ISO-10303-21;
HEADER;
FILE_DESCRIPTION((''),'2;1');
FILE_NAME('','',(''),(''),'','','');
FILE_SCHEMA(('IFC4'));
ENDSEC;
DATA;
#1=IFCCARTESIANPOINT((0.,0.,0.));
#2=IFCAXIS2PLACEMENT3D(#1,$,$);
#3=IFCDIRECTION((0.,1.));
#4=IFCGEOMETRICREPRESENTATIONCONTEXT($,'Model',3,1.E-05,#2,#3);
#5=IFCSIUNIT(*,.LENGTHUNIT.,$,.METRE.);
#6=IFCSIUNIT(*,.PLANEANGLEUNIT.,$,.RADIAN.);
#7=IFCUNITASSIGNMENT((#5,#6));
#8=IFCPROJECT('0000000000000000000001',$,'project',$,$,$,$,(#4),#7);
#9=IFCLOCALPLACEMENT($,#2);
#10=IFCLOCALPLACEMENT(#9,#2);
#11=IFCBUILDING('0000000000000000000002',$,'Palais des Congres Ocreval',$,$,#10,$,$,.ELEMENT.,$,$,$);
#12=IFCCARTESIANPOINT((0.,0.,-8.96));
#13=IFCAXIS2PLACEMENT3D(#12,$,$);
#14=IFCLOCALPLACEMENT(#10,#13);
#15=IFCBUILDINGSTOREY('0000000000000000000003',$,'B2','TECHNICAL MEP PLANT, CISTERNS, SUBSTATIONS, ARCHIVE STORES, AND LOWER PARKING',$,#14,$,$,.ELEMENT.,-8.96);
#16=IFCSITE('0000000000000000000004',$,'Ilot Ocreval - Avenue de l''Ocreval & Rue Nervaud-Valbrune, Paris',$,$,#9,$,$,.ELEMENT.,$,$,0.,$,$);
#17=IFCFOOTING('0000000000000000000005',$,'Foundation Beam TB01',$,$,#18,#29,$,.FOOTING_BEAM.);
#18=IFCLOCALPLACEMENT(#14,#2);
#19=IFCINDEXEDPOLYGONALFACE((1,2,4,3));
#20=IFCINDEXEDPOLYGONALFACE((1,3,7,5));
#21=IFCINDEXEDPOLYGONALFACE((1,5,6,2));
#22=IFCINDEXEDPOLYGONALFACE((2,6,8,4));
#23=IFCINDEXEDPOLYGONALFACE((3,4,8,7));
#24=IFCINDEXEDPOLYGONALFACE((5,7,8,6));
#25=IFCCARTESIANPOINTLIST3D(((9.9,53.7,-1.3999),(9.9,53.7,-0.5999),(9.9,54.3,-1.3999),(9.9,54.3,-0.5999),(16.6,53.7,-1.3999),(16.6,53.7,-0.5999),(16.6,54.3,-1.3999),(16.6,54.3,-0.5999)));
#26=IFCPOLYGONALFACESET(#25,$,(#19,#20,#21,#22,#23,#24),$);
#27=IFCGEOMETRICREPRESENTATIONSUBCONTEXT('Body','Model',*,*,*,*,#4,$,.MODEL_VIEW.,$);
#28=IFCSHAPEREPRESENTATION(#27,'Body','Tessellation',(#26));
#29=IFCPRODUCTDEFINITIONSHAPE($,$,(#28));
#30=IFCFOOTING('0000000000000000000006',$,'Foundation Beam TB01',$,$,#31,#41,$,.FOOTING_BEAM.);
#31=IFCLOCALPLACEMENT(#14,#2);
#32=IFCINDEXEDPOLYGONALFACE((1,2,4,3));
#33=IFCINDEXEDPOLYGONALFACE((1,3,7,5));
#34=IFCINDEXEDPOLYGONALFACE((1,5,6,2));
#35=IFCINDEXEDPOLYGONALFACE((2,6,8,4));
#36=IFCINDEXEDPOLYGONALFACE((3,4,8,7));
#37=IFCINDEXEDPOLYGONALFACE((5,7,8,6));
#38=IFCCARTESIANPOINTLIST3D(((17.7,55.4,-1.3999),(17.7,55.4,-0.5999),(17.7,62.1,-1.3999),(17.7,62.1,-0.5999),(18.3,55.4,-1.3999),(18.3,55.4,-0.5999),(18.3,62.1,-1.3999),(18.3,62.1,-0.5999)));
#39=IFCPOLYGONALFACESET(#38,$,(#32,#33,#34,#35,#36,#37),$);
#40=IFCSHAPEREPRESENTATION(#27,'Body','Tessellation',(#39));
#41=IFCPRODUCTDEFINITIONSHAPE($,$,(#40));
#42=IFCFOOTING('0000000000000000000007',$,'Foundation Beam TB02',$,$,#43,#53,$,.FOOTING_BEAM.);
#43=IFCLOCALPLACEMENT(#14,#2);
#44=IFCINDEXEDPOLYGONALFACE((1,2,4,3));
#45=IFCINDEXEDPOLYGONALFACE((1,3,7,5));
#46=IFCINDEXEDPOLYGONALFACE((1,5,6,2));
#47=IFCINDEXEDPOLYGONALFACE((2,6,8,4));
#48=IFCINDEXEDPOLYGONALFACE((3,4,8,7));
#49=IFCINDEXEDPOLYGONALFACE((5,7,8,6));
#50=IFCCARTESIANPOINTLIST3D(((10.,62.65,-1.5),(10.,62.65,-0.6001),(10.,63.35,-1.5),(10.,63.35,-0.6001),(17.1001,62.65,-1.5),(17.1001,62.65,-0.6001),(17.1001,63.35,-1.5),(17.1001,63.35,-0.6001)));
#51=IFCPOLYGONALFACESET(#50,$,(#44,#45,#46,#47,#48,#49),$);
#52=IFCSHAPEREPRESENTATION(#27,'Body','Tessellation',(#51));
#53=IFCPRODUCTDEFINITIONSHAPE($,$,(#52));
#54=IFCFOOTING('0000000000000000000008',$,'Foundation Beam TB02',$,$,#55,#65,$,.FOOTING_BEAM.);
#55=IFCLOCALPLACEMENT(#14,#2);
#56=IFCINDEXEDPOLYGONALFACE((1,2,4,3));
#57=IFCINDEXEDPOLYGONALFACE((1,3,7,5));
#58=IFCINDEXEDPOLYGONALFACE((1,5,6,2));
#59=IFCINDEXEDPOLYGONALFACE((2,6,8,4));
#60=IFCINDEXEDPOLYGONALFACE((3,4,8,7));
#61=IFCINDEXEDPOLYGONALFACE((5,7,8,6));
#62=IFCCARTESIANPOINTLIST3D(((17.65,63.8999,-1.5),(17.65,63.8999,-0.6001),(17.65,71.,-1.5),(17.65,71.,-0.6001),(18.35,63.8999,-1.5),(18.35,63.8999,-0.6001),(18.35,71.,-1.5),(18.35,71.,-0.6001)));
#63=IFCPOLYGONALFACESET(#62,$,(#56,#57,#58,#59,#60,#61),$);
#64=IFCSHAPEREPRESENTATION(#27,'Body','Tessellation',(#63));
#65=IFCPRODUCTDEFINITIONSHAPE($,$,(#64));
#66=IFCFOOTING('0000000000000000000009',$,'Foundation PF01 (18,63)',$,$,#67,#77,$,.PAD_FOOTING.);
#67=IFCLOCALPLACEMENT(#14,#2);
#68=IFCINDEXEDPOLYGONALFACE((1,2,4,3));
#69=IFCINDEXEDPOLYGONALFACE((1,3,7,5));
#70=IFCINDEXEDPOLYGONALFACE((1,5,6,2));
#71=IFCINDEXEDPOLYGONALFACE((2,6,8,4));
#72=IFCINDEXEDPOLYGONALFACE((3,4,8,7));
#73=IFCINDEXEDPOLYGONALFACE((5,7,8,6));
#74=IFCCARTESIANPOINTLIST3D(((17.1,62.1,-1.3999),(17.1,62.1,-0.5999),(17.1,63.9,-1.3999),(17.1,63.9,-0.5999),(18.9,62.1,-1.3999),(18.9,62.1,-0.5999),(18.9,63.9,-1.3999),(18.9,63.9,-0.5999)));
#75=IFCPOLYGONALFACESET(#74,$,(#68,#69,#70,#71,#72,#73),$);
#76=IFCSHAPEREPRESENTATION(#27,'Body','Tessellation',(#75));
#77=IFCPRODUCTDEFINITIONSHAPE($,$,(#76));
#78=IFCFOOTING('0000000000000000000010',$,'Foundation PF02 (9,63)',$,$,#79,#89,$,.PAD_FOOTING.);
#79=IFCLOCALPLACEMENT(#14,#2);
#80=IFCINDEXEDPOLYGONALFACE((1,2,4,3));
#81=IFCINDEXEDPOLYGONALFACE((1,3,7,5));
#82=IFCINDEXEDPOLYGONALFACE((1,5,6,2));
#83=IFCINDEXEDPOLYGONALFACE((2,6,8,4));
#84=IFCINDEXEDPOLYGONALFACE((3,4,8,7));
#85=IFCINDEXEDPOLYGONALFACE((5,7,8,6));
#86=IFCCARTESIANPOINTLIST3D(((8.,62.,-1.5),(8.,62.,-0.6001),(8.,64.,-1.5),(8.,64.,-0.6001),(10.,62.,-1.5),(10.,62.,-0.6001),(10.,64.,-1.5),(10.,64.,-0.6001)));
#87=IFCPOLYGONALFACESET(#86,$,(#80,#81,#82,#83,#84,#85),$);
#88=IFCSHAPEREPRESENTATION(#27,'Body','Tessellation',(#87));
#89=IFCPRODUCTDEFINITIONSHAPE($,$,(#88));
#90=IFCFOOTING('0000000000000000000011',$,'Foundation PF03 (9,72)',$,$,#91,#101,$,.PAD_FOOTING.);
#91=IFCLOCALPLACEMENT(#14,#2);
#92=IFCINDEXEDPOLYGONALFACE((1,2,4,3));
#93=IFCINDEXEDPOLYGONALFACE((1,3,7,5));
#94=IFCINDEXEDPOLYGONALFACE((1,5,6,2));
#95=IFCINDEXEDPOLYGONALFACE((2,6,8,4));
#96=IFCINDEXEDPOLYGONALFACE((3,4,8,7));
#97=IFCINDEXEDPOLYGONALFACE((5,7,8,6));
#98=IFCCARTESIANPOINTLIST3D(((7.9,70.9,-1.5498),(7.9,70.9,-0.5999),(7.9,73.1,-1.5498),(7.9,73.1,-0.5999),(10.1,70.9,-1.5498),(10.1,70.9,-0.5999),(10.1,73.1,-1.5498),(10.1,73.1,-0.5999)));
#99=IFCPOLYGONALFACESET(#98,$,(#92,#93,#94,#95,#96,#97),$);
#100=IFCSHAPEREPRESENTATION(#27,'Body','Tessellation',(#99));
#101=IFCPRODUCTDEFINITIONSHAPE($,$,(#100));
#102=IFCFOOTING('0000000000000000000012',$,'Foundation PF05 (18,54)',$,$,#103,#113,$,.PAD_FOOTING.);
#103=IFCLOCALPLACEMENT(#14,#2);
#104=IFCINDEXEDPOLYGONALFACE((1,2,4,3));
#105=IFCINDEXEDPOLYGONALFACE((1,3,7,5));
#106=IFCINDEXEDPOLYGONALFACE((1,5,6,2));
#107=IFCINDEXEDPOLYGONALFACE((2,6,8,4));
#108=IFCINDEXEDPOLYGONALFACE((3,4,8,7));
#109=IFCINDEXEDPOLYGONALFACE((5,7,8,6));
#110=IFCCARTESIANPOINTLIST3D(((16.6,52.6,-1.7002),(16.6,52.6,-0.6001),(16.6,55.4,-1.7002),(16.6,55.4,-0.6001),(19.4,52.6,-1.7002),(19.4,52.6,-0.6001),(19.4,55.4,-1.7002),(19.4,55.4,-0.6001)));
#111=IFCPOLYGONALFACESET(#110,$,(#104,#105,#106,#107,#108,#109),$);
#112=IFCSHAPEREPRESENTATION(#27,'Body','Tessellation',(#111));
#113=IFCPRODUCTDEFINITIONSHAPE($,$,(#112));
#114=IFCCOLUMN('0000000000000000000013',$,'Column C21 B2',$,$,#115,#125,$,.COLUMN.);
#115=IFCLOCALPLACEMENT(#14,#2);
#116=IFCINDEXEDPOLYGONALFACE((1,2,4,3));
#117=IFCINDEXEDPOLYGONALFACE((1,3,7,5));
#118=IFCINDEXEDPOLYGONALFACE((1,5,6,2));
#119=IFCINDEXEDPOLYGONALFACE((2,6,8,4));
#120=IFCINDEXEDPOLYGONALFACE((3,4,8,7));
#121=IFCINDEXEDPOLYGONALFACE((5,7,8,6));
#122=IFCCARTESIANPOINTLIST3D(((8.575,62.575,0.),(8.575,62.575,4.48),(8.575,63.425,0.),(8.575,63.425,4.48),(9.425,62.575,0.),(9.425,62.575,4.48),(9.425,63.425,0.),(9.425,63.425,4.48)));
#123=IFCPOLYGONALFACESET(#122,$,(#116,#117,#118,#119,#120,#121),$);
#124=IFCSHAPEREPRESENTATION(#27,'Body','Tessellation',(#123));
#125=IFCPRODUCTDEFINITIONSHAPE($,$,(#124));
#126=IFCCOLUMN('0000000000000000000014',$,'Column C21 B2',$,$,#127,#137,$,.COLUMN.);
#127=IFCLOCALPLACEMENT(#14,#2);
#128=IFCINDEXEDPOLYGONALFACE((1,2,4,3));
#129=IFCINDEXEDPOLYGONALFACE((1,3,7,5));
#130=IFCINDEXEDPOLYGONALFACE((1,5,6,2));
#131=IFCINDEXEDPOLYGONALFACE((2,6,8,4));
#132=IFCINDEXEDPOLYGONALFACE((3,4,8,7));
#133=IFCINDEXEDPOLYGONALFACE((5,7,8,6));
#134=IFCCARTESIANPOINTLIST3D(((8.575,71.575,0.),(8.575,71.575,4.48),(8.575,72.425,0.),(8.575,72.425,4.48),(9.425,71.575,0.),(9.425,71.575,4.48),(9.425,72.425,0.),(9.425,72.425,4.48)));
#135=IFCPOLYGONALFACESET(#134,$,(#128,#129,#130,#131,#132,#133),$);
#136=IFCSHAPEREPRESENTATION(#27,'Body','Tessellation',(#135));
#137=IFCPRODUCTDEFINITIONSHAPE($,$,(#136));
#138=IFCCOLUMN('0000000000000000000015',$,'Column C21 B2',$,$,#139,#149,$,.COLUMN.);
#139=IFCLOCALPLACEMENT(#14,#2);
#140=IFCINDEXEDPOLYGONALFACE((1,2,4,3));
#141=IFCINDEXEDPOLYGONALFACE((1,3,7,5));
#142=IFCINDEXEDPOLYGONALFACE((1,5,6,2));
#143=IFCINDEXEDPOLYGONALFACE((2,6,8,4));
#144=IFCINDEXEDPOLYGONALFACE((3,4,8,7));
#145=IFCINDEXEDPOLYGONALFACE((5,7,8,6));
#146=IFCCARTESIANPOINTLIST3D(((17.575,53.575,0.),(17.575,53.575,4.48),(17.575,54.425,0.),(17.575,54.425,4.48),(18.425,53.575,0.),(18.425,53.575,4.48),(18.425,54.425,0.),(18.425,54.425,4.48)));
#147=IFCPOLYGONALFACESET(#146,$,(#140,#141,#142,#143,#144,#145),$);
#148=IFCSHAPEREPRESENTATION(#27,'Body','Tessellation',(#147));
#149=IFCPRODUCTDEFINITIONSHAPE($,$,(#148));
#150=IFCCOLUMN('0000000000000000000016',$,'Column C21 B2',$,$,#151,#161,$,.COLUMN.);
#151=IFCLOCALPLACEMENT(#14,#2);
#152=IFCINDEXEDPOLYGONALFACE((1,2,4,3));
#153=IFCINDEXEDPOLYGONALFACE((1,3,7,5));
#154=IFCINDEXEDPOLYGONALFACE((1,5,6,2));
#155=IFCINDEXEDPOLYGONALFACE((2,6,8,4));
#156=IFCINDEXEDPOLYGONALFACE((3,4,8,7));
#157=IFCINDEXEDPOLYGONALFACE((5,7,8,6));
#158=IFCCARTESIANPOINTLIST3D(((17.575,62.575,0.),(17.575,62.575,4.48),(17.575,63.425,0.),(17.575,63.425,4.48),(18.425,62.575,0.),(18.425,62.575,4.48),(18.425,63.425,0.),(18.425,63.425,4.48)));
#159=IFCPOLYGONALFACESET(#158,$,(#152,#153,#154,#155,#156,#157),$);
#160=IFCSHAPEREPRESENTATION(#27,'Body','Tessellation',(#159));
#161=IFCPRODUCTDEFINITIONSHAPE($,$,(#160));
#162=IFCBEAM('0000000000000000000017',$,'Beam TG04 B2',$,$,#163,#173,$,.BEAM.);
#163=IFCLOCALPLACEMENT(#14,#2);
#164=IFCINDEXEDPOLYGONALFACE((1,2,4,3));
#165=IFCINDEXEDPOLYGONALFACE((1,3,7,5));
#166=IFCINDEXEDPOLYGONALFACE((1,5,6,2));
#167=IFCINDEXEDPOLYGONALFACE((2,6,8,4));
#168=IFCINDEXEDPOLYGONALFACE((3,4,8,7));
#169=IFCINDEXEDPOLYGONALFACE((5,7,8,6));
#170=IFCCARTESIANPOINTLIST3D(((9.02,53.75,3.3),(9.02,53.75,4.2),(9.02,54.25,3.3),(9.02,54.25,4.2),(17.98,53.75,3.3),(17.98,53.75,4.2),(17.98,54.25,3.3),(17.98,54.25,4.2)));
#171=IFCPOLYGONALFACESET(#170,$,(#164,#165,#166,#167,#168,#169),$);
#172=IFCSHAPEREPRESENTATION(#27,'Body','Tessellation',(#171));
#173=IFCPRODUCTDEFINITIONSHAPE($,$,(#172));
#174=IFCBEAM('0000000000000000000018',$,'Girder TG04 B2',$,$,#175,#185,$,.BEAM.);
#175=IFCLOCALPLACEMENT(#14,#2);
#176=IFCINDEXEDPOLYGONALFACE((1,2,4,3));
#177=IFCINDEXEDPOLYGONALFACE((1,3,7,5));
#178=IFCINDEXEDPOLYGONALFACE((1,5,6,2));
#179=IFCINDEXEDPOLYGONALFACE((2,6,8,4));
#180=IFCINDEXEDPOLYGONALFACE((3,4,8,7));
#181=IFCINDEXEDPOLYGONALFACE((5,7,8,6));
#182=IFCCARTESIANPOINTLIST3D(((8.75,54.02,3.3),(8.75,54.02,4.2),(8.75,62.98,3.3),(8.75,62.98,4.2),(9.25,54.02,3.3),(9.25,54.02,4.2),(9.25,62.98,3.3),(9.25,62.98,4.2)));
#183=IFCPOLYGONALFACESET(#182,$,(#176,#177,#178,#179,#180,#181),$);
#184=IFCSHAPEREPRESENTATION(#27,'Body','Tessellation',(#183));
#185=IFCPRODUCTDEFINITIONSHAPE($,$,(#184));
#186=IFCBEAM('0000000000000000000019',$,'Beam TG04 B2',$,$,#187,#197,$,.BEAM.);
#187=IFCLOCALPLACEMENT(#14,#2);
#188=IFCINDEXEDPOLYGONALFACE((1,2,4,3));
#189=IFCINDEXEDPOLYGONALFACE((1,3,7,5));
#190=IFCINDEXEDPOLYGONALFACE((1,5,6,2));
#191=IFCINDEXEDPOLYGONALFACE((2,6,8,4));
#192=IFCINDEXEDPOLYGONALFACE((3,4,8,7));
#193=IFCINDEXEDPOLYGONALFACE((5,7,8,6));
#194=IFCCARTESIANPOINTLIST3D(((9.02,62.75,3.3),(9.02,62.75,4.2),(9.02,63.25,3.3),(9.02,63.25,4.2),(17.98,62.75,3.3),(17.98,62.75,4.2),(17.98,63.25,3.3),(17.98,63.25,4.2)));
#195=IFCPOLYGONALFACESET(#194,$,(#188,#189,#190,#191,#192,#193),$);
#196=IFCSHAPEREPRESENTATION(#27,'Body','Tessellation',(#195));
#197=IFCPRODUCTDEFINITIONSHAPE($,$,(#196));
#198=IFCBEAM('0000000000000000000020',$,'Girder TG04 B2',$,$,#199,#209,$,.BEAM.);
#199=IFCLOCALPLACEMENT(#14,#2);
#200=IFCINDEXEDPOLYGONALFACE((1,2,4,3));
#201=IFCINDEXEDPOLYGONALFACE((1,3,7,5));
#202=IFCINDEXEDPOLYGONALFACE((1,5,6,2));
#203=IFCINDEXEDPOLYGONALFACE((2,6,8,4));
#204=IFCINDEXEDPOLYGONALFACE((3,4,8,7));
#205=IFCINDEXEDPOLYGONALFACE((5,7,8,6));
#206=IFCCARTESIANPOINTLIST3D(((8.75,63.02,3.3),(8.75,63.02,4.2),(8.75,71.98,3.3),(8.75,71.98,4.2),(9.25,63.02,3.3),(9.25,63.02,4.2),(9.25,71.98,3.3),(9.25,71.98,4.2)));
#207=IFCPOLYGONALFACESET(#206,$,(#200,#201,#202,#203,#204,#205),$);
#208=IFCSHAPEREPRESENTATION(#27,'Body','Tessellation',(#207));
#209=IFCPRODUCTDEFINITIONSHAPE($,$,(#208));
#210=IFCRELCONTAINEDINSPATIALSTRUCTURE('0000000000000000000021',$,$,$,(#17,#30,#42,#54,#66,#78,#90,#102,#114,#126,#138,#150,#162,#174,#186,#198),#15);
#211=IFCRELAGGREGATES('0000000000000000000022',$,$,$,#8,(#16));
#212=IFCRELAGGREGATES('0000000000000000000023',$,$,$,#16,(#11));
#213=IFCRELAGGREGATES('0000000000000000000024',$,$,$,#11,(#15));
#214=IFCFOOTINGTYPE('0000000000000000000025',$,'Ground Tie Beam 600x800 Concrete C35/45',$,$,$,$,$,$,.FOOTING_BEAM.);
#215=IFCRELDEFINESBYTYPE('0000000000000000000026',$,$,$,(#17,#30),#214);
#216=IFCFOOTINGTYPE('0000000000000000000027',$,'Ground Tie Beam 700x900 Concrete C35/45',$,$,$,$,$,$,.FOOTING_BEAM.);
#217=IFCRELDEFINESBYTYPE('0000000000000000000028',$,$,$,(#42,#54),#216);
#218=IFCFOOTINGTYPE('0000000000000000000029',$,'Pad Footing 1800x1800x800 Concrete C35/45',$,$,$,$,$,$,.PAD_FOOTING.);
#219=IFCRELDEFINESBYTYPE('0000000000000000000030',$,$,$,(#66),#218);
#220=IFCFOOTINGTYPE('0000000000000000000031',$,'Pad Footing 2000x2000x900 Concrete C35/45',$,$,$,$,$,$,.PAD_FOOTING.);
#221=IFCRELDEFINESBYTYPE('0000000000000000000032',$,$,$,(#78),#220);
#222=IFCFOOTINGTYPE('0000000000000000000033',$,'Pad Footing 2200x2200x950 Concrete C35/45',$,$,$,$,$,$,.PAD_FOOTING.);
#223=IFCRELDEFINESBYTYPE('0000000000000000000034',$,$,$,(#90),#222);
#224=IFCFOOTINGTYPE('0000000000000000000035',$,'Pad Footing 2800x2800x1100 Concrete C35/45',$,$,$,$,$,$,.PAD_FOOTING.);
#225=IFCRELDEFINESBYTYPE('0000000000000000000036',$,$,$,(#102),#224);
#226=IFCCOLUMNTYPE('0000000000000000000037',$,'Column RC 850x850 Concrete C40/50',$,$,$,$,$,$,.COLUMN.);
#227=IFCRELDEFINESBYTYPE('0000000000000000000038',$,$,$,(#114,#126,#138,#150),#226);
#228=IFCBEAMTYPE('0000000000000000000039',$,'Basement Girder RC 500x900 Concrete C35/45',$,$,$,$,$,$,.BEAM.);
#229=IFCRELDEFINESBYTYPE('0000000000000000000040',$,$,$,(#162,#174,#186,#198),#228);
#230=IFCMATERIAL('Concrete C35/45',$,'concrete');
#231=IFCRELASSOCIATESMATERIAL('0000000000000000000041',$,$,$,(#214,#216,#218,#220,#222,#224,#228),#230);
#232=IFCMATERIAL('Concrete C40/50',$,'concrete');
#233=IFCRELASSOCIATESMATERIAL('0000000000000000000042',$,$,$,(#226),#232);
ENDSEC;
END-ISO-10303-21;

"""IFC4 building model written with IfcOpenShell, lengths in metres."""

from ifc_helpers import new_model, si_unit, direction, frame, origin, origin_2d, place, context, subcontext, project, spatial, rectangle, extrude, material, material_profile, profile_set, type_object, element, save


model = new_model("IFC4")

# Units and contexts
model_context = context("Model", 3, precision=1e-05, world=origin(), true_north=direction((0.0, 1.0)))
body_context = subcontext(model_context, "Body", "Model", "MODEL_VIEW")
ifc_project = project(units=[si_unit("LENGTHUNIT", "METRE"), si_unit("PLANEANGLEUNIT", "RADIAN")], contexts=[model_context])

# Site, building, storey
site_placement = place(None, origin())
site = spatial("IfcSite", under=ifc_project, at=site_placement, Name="Ilot Ocreval - Avenue de l'Ocreval & Rue Nervaud-Valbrune, Paris", CompositionType="ELEMENT", RefElevation=0.0)
building_placement = place(site_placement, origin())
building = spatial("IfcBuilding", under=site, at=building_placement, Name="Palais des Congres Ocreval", CompositionType="ELEMENT")
storey_placement = place(building_placement, frame((0.0, 0.0, -8.96)))
storey = spatial("IfcBuildingStorey", under=building, at=storey_placement, Name="B2", Description="TECHNICAL MEP PLANT, CISTERNS, SUBSTATIONS, ARCHIVE STORES, AND LOWER PARKING", CompositionType="ELEMENT", Elevation=-8.96)

# Footings
ifc_material_1 = material(Name="Concrete C35/45", Category="concrete")
footing_type_1 = type_object("IfcFootingType", Name="Ground Tie Beam 600x800 Concrete C35/45", PredefinedType="FOOTING_BEAM", material=ifc_material_1)
for number, where, z_axis, x_axis, name in (
    (1, (13.25, 54.0, -1.3999), (0.0, 0.0, 1.0), (1.0, 0.0, 0.0), "Foundation Beam TB01"),
    (2, (18.0, 58.75, -1.3999), (0.0, 0.0, 1.0), (0.0, 1.0, 0.0), "Foundation Beam TB01"),
):
    element("IfcFooting", number, at=place(storey_placement, frame(where, z_axis=z_axis, x_axis=x_axis)), inside=storey, type_object=footing_type_1, Name=name, PredefinedType="FOOTING_BEAM", context=body_context, shape_type="SweptSolid", body=[
        extrude(rectangle(XDim=6.7, YDim=0.6001, at=origin_2d()), origin(), (0.0, 0.0, 1.0), 0.8),
    ])
footing_type_2 = type_object("IfcFootingType", Name="Ground Tie Beam 700x900 Concrete C35/45", PredefinedType="FOOTING_BEAM", material=ifc_material_1)
for number, where, z_axis, x_axis, name in (
    (3, (13.55, 63.0, -1.5), (0.0, 0.0, 1.0), (1.0, 0.0, 0.0), "Foundation Beam TB02"),
    (4, (18.0, 67.45, -1.5), (0.0, 0.0, 1.0), (0.0, 1.0, 0.0), "Foundation Beam TB02"),
):
    element("IfcFooting", number, at=place(storey_placement, frame(where, z_axis=z_axis, x_axis=x_axis)), inside=storey, type_object=footing_type_2, Name=name, PredefinedType="FOOTING_BEAM", context=body_context, shape_type="SweptSolid", body=[
        extrude(rectangle(XDim=7.1001, YDim=0.7, at=origin_2d()), origin(), (0.0, 0.0, 1.0), 0.8999),
    ])
footing_type_3 = type_object("IfcFootingType", Name="Pad Footing 1800x1800x800 Concrete C35/45", PredefinedType="PAD_FOOTING", material=ifc_material_1)
footing_1_placement = place(storey_placement, frame((18.0, 63.0, -1.3999), z_axis=(0.0, 0.0, 1.0), x_axis=(1.0, 0.0, 0.0)))
element("IfcFooting", 5, at=footing_1_placement, inside=storey, type_object=footing_type_3, Name="Foundation PF01 (18,63)", PredefinedType="PAD_FOOTING", context=body_context, shape_type="SweptSolid", body=[
    extrude(rectangle(XDim=1.8, YDim=1.8, at=origin_2d()), origin(), (0.0, 0.0, 1.0), 0.8),
])
footing_type_4 = type_object("IfcFootingType", Name="Pad Footing 2000x2000x900 Concrete C35/45", PredefinedType="PAD_FOOTING", material=ifc_material_1)
footing_2_placement = place(storey_placement, frame((9.0, 63.0, -1.5), z_axis=(0.0, 0.0, 1.0), x_axis=(1.0, 0.0, 0.0)))
element("IfcFooting", 6, at=footing_2_placement, inside=storey, type_object=footing_type_4, Name="Foundation PF02 (9,63)", PredefinedType="PAD_FOOTING", context=body_context, shape_type="SweptSolid", body=[
    extrude(rectangle(XDim=2.0, YDim=2.0, at=origin_2d()), origin(), (0.0, 0.0, 1.0), 0.8999),
])
footing_type_5 = type_object("IfcFootingType", Name="Pad Footing 2200x2200x950 Concrete C35/45", PredefinedType="PAD_FOOTING", material=ifc_material_1)
footing_3_placement = place(storey_placement, frame((9.0, 72.0, -1.5498), z_axis=(0.0, 0.0, 1.0), x_axis=(1.0, 0.0, 0.0)))
element("IfcFooting", 7, at=footing_3_placement, inside=storey, type_object=footing_type_5, Name="Foundation PF03 (9,72)", PredefinedType="PAD_FOOTING", context=body_context, shape_type="SweptSolid", body=[
    extrude(rectangle(XDim=2.2, YDim=2.2, at=origin_2d()), origin(), (0.0, 0.0, 1.0), 0.95),
])
footing_type_6 = type_object("IfcFootingType", Name="Pad Footing 2800x2800x1100 Concrete C35/45", PredefinedType="PAD_FOOTING", material=ifc_material_1)
footing_4_placement = place(storey_placement, frame((18.0, 54.0, -1.7002), z_axis=(0.0, 0.0, 1.0), x_axis=(1.0, 0.0, 0.0)))
element("IfcFooting", 8, at=footing_4_placement, inside=storey, type_object=footing_type_6, Name="Foundation PF05 (18,54)", PredefinedType="PAD_FOOTING", context=body_context, shape_type="SweptSolid", body=[
    extrude(rectangle(XDim=2.8, YDim=2.8, at=origin_2d()), origin(), (0.0, 0.0, 1.0), 1.1001),
])

# Columns
ifc_material_2 = material(Name="Concrete C40/50", Category="concrete")
ifc_material_profile_1 = material_profile(ifc_material_2, rectangle(XDim=0.8501, YDim=0.8501, at=origin_2d()), Name="RC 850x850")
ifc_profile_set_1 = profile_set([ifc_material_profile_1], Name="Concrete C40/50")
column_type = type_object("IfcColumnType", Name="Column RC 850x850 Concrete C40/50", PredefinedType="COLUMN", material=ifc_profile_set_1)
for number, where, z_axis, x_axis, name in (
    (9, (9.0, 63.0, 0.0), (0.0, 0.0, 1.0), (1.0, 0.0, 0.0), "Column C21 B2"),
    (10, (9.0, 72.0, 0.0), (0.0, 0.0, 1.0), (1.0, 0.0, 0.0), "Column C21 B2"),
    (11, (18.0, 54.0, 0.0), (0.0, 0.0, 1.0), (1.0, 0.0, 0.0), "Column C21 B2"),
    (12, (18.0, 63.0, 0.0), (0.0, 0.0, 1.0), (1.0, 0.0, 0.0), "Column C21 B2"),
):
    element("IfcColumn", number, at=place(storey_placement, frame(where, z_axis=z_axis, x_axis=x_axis)), inside=storey, type_object=column_type, Name=name, PredefinedType="COLUMN", context=body_context, shape_type="SweptSolid", body=[
        extrude(rectangle(XDim=0.8501, YDim=0.8501, at=origin_2d()), origin(), (0.0, 0.0, 1.0), 4.48),
    ])

# Beams
ifc_material_profile_2 = material_profile(ifc_material_1, rectangle(XDim=0.5, YDim=0.8999, at=origin_2d()), Name="RC 500x900")
ifc_profile_set_2 = profile_set([ifc_material_profile_2], Name="Concrete C35/45")
beam_type = type_object("IfcBeamType", Name="Basement Girder RC 500x900 Concrete C35/45", PredefinedType="BEAM", material=ifc_profile_set_2)
for number, where, z_axis, x_axis, name in (
    (13, (9.02, 54.0, 3.75), (1.0, 0.0, 0.0), (0.0, 1.0, 0.0), "Beam TG04 B2"),
    (14, (9.0, 54.02, 3.75), (0.0, 1.0, 0.0), (-1.0, 0.0, 0.0), "Girder TG04 B2"),
    (15, (9.02, 63.0, 3.75), (1.0, 0.0, 0.0), (0.0, 1.0, 0.0), "Beam TG04 B2"),
    (16, (9.0, 63.02, 3.75), (0.0, 1.0, 0.0), (-1.0, 0.0, 0.0), "Girder TG04 B2"),
):
    element("IfcBeam", number, at=place(storey_placement, frame(where, z_axis=z_axis, x_axis=x_axis)), inside=storey, type_object=beam_type, Name=name, PredefinedType="BEAM", context=body_context, shape_type="SweptSolid", body=[
        extrude(rectangle(XDim=0.5, YDim=0.8999, at=origin_2d()), origin(), (0.0, 0.0, 1.0), 8.96),
    ])

save(model, "model.ifc")
